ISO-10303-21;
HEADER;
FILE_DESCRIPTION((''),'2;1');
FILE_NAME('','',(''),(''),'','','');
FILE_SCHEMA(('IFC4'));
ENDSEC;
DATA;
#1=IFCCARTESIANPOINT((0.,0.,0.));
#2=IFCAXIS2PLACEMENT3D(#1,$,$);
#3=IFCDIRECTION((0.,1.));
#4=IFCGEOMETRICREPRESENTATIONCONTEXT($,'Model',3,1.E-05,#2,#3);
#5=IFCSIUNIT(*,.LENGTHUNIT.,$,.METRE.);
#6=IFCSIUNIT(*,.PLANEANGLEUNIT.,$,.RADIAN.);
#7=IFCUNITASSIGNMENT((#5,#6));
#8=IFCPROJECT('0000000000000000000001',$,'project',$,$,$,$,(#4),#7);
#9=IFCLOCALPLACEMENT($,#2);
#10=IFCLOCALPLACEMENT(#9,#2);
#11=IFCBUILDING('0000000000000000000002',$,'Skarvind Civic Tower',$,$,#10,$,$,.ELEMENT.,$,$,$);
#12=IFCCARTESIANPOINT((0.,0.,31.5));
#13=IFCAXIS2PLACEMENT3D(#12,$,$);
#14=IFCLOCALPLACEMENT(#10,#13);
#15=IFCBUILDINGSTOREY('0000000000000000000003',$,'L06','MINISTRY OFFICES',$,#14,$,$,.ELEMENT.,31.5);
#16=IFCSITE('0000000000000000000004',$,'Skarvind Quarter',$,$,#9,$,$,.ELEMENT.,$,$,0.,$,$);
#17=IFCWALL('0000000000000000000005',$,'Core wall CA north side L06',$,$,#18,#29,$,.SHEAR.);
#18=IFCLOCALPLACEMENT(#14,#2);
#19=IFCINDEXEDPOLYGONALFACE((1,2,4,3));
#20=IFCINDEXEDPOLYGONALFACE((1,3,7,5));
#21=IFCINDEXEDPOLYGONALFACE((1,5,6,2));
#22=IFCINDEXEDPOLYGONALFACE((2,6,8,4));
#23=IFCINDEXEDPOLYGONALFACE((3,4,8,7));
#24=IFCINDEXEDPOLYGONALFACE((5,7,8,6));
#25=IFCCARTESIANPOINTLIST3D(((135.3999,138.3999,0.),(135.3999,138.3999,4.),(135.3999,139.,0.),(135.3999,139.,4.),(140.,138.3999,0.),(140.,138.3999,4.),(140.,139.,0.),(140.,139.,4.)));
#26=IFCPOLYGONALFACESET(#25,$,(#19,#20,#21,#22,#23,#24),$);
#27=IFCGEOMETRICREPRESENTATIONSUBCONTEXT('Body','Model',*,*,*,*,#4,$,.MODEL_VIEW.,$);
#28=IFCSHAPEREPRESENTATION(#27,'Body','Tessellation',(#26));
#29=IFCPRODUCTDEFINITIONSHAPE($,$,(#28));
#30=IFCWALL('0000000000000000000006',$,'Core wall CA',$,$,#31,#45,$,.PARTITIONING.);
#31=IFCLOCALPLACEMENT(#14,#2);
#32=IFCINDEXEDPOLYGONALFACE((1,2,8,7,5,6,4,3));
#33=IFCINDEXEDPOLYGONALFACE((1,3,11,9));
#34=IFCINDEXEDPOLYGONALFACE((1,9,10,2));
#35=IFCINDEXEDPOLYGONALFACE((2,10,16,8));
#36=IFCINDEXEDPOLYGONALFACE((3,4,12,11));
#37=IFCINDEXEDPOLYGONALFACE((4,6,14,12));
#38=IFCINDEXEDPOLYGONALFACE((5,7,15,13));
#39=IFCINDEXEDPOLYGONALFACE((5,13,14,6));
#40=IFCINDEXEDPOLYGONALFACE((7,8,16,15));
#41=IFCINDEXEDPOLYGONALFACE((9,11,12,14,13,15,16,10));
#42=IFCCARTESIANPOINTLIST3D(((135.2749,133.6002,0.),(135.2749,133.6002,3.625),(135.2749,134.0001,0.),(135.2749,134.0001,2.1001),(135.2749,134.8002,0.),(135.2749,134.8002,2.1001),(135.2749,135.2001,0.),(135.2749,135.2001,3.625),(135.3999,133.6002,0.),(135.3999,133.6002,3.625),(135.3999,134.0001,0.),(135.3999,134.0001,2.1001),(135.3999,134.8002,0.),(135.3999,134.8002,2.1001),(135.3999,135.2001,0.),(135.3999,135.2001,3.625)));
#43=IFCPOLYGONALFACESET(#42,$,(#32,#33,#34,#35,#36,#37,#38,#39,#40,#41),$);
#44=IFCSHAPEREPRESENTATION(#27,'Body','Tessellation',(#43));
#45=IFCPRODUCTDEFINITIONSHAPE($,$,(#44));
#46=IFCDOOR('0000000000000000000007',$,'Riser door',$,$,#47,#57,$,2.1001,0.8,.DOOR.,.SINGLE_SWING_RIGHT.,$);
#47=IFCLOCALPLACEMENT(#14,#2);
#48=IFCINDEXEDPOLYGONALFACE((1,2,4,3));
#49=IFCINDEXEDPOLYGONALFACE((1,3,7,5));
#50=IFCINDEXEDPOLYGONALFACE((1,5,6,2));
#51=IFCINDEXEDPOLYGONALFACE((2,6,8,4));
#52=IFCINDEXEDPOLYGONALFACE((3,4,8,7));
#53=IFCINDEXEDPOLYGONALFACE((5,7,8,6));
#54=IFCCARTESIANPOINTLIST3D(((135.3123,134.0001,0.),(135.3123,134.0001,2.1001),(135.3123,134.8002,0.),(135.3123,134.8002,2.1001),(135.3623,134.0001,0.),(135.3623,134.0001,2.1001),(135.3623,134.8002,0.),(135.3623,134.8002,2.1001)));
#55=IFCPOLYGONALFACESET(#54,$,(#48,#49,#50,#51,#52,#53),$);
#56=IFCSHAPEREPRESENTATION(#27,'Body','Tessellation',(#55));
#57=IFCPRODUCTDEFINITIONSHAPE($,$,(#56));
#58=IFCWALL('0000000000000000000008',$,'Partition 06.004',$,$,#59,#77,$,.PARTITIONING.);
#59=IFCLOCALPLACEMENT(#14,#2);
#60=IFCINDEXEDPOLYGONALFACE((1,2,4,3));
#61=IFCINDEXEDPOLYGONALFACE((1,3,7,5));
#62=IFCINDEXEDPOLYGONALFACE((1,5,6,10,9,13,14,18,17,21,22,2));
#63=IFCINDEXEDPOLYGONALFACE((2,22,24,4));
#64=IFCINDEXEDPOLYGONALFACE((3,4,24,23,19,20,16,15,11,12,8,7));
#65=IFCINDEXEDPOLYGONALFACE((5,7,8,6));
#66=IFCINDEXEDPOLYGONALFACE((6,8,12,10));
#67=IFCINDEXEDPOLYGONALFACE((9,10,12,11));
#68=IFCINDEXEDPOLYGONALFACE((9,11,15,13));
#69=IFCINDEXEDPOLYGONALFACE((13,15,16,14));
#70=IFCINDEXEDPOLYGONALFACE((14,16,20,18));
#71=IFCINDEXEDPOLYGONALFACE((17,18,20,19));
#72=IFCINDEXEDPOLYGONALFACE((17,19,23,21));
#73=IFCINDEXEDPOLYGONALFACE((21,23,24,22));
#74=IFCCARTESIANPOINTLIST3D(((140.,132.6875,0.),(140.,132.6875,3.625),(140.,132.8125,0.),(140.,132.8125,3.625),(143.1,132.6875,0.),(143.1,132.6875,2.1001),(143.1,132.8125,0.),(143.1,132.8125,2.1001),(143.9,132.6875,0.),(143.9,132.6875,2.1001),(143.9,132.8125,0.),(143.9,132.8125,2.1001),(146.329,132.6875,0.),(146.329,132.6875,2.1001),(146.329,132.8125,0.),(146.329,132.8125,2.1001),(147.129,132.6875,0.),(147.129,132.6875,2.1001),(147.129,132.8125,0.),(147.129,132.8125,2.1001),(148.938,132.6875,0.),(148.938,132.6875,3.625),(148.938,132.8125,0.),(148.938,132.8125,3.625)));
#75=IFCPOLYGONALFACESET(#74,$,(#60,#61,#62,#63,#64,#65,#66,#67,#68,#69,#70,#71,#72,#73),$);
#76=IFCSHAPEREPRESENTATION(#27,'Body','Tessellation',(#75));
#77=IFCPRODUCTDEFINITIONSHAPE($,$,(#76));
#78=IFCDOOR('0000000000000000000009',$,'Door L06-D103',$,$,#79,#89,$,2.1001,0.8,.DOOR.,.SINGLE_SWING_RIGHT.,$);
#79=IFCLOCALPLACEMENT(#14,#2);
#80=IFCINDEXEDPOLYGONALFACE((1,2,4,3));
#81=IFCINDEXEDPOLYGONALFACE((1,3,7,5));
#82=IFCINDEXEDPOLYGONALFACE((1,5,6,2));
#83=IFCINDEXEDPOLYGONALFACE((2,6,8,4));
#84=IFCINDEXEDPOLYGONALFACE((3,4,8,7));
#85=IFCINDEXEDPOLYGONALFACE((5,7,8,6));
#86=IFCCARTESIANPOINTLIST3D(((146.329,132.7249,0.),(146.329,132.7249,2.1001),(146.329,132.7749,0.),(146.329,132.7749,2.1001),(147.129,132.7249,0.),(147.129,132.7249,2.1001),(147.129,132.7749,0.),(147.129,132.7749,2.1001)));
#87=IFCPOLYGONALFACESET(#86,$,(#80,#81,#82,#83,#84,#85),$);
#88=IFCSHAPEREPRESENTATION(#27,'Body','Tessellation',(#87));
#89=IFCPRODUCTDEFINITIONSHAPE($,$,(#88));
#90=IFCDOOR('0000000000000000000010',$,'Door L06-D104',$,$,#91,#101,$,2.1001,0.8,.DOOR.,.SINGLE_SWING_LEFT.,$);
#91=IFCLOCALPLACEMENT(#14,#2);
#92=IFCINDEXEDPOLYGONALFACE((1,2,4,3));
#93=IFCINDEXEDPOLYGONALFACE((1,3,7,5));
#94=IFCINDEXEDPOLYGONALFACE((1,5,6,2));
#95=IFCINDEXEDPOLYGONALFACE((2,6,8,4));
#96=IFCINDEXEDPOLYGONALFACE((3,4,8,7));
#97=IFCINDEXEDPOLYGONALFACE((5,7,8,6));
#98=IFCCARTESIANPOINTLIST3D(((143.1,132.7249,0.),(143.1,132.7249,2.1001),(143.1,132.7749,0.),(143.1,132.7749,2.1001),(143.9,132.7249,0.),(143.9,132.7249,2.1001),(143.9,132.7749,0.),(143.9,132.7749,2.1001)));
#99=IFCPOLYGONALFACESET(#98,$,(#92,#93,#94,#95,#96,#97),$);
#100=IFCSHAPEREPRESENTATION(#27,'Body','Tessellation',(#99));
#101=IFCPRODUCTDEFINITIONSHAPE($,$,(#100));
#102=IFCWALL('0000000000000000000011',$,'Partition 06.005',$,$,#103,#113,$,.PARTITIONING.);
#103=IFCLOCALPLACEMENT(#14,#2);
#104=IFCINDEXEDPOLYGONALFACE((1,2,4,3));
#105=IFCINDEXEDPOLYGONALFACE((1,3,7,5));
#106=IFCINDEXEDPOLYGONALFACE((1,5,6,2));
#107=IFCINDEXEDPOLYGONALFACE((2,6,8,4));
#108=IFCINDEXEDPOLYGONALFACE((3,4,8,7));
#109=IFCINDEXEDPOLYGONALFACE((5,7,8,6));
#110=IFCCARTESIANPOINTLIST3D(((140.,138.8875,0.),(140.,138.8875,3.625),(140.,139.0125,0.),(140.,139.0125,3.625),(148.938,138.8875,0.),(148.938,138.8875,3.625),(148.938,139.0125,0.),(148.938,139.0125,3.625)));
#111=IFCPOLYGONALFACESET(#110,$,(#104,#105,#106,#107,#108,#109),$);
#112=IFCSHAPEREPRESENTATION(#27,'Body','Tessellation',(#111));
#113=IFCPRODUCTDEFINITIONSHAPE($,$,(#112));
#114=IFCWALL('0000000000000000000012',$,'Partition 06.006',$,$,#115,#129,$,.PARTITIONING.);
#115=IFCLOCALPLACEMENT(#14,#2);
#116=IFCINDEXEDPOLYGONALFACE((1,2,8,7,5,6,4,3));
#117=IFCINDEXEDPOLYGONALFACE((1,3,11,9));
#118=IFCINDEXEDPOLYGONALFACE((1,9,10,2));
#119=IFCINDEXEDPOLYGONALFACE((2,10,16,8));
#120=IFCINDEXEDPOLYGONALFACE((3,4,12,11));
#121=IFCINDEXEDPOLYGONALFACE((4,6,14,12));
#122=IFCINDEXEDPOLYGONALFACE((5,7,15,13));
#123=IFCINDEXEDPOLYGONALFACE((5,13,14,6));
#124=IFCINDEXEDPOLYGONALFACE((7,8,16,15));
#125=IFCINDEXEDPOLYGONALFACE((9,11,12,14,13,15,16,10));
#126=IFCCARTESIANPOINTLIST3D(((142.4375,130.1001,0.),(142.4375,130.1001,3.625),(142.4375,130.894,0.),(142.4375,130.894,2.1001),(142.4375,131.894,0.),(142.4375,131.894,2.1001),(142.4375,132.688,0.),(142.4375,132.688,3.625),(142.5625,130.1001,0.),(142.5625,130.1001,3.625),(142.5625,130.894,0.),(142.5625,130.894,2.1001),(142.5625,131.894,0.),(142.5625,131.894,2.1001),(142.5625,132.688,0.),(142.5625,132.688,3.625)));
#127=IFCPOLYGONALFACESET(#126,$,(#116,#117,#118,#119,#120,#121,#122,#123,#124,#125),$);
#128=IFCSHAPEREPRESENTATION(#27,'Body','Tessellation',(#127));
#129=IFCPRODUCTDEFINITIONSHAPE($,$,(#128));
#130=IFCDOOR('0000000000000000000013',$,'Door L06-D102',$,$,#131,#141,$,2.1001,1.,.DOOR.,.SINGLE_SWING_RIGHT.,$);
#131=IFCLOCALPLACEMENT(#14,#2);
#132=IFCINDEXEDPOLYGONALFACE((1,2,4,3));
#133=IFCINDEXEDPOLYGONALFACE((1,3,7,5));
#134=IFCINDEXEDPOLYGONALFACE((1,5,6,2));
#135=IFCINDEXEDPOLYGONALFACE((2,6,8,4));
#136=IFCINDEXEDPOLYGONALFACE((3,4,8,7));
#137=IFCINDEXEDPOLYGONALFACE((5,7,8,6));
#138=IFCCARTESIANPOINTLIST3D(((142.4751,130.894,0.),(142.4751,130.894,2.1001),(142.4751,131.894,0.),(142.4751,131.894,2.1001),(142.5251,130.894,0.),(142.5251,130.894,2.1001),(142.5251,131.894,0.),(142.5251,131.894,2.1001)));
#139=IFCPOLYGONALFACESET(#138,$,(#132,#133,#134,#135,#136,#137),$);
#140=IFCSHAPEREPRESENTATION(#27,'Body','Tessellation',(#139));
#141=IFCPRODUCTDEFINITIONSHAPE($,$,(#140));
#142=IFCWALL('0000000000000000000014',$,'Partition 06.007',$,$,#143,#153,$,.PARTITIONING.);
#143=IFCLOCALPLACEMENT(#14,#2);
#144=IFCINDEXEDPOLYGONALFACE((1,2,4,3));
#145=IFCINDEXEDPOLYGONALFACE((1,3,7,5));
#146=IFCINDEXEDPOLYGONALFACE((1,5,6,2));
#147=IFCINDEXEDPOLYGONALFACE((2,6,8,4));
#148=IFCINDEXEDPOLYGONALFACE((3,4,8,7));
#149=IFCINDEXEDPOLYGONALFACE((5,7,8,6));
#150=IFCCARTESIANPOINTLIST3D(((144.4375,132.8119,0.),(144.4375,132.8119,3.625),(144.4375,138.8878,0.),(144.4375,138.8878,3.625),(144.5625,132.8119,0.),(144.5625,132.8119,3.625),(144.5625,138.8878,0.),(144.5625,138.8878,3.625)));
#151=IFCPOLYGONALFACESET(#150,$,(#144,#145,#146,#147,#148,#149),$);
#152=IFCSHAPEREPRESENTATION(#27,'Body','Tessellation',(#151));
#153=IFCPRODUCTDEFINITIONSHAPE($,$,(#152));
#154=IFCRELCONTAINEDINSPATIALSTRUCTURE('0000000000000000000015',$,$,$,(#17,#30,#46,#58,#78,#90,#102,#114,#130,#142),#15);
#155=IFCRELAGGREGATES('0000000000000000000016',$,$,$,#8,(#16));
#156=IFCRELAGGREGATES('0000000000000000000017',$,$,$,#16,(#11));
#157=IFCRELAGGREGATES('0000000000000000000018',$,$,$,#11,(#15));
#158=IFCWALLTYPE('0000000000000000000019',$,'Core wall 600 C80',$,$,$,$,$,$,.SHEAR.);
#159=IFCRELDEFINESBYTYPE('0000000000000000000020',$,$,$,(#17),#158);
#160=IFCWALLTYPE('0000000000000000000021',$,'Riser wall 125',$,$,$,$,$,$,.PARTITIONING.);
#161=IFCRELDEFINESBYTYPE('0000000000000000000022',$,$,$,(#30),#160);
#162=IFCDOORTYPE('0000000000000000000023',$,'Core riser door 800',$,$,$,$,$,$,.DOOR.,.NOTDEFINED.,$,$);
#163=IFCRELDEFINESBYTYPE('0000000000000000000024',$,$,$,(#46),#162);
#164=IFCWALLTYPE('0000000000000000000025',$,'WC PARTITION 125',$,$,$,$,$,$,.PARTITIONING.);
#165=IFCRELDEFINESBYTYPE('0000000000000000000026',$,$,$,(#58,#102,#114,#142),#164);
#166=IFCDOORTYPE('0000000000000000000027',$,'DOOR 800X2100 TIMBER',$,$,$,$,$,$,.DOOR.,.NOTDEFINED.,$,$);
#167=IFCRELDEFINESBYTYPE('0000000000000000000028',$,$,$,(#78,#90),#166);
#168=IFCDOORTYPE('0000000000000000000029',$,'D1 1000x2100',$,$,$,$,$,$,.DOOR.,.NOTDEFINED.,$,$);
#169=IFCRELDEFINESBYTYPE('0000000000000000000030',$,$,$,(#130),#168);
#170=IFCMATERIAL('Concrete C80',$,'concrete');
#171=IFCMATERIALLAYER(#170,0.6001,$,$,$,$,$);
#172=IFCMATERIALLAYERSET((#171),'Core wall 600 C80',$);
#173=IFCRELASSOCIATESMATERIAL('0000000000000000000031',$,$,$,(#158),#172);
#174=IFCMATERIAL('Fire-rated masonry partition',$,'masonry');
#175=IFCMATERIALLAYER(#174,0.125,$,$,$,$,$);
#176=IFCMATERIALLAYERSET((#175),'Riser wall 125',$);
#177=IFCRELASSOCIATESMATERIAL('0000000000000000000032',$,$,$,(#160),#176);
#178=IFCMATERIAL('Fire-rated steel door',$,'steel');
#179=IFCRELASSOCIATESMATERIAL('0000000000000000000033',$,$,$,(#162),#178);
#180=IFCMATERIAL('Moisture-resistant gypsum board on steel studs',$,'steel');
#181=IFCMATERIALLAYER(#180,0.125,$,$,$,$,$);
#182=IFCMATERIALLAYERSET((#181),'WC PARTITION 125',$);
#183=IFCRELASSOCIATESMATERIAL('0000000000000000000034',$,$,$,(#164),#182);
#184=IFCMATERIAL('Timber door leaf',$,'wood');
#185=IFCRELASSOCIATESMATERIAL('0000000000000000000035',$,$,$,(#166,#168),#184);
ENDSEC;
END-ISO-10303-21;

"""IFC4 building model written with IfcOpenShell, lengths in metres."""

from ifc_helpers import new_model, si_unit, direction, frame, frame_2d, origin, place, context, subcontext, project, spatial, rectangle, extrude, material, layer, layer_set, type_object, element, fill, save


model = new_model("IFC4")

# Units and contexts
model_context = context("Model", 3, precision=1e-05, world=origin(), true_north=direction((0.0, 1.0)))
body_context = subcontext(model_context, "Body", "Model", "MODEL_VIEW")
ifc_project = project(units=[si_unit("LENGTHUNIT", "METRE"), si_unit("PLANEANGLEUNIT", "RADIAN")], contexts=[model_context])

# Site, building, storey
site_placement = place(None, origin())
site = spatial("IfcSite", under=ifc_project, at=site_placement, Name="Skarvind Quarter", CompositionType="ELEMENT", RefElevation=0.0)
building_placement = place(site_placement, origin())
building = spatial("IfcBuilding", under=site, at=building_placement, Name="Skarvind Civic Tower", CompositionType="ELEMENT")
storey_placement = place(building_placement, frame((0.0, 0.0, 31.5)))
storey = spatial("IfcBuildingStorey", under=building, at=storey_placement, Name="L06", Description="MINISTRY OFFICES", CompositionType="ELEMENT", Elevation=31.5)

# Shared definitions
ifc_material_1 = material(Name="Timber door leaf", Category="wood")
ifc_material_2 = material(Name="Fire-rated masonry partition", Category="masonry")
ifc_material_3 = material(Name="Fire-rated steel door", Category="steel")
ifc_material_4 = material(Name="Concrete C80", Category="concrete")

# Wall
ifc_layer_1 = layer(ifc_material_4, 0.6001)
ifc_layer_set_1 = layer_set([ifc_layer_1], Name="Core wall 600 C80")
wall_type_1 = type_object("IfcWallType", Name="Core wall 600 C80", PredefinedType="SHEAR", material=ifc_layer_set_1)
wall_1_placement = place(storey_placement, frame((135.3999, 138.7, 0.0), z_axis=(0.0, 0.0, 1.0), x_axis=(1.0, 0.0, 0.0)))
element("IfcWall", 1, at=wall_1_placement, inside=storey, type_object=wall_type_1, Name="Core wall CA north side L06", PredefinedType="SHEAR", context=body_context, shape_type="SweptSolid", body=[
    extrude(rectangle(XDim=4.6001, YDim=0.6001, at=frame_2d((2.3, 0.0))), origin(), (0.0, 0.0, 1.0), 4.0),
])

# Wall, opening, door
ifc_layer_2 = layer(ifc_material_2, 0.125)
ifc_layer_set_2 = layer_set([ifc_layer_2], Name="Riser wall 125")
wall_type_2 = type_object("IfcWallType", Name="Riser wall 125", PredefinedType="PARTITIONING", material=ifc_layer_set_2)
wall_2_placement = place(storey_placement, frame((135.3374, 135.2, 0.0), z_axis=(0.0, 0.0, 1.0), x_axis=(0.0, -1.0, 0.0)))
wall_2 = element("IfcWall", 2, at=wall_2_placement, inside=storey, type_object=wall_type_2, Name="Core wall CA", PredefinedType="PARTITIONING", context=body_context, shape_type="SweptSolid", body=[
    extrude(rectangle(XDim=1.5999, YDim=0.125, at=frame_2d((0.7998, 0.0))), origin(), (0.0, 0.0, 1.0), 3.625),
])
opening_1_placement = place(wall_2_placement, frame((0.3999, 0.0, 0.0)))
opening_1 = element("IfcOpeningElement", 3, at=opening_1_placement, cuts=wall_2, PredefinedType="OPENING", context=body_context, shape_type="SweptSolid", body=[
    extrude(rectangle(XDim=0.8, YDim=2.1001, at=frame_2d((0.3999, 1.05))), frame((0.0, 0.0725, 0.0), z_axis=(0.0, -1.0, 0.0), x_axis=(1.0, 0.0, 0.0)), (0.0, 0.0, 1.0), 0.145),
])
door_type_1 = type_object("IfcDoorType", Name="Core riser door 800", OperationType="NOTDEFINED", PredefinedType="DOOR", material=ifc_material_3)
door_1_placement = place(opening_1_placement, origin())
door_1 = element("IfcDoor", 4, at=door_1_placement, inside=storey, type_object=door_type_1, Name="Riser door", OperationType="SINGLE_SWING_RIGHT", OverallHeight=2.1001, OverallWidth=0.8, PredefinedType="DOOR", context=body_context, shape_type="SweptSolid", body=[
    extrude(rectangle(XDim=0.8, YDim=2.1001, at=frame_2d((0.3999, 1.05))), frame((0.0, 0.0249, 0.0), z_axis=(0.0, -1.0, 0.0), x_axis=(1.0, 0.0, 0.0)), (0.0, 0.0, 1.0), 0.05),
])
fill(opening_1, door_1)

# Wall, openings, doors
ifc_material_5 = material(Name="Moisture-resistant gypsum board on steel studs", Category="steel")
ifc_layer_3 = layer(ifc_material_5, 0.125)
ifc_layer_set_3 = layer_set([ifc_layer_3], Name="WC PARTITION 125")
wall_type_3 = type_object("IfcWallType", Name="WC PARTITION 125", PredefinedType="PARTITIONING", material=ifc_layer_set_3)
wall_3_placement = place(storey_placement, frame((140.0, 132.75, 0.0), z_axis=(0.0, 0.0, 1.0), x_axis=(1.0, 0.0, 0.0)))
wall_3 = element("IfcWall", 5, at=wall_3_placement, inside=storey, type_object=wall_type_3, Name="Partition 06.004", PredefinedType="PARTITIONING", context=body_context, shape_type="SweptSolid", body=[
    extrude(rectangle(XDim=8.938, YDim=0.125, at=frame_2d((4.469, 0.0))), origin(), (0.0, 0.0, 1.0), 3.625),
])
opening_2_placement = place(wall_3_placement, frame((6.3291, 0.0, 0.0)))
opening_2 = element("IfcOpeningElement", 6, at=opening_2_placement, cuts=wall_3, PredefinedType="OPENING", context=body_context, shape_type="SweptSolid", body=[
    extrude(rectangle(XDim=0.8, YDim=2.1001, at=frame_2d((0.3999, 1.05))), frame((0.0, 0.0725, 0.0), z_axis=(0.0, -1.0, 0.0), x_axis=(1.0, 0.0, 0.0)), (0.0, 0.0, 1.0), 0.145),
])
opening_3_placement = place(wall_3_placement, frame((3.1001, 0.0, 0.0)))
opening_3 = element("IfcOpeningElement", 7, at=opening_3_placement, cuts=wall_3, PredefinedType="OPENING", context=body_context, shape_type="SweptSolid", body=[
    extrude(rectangle(XDim=0.8, YDim=2.1001, at=frame_2d((0.3999, 1.05))), frame((0.0, 0.0725, 0.0), z_axis=(0.0, -1.0, 0.0), x_axis=(1.0, 0.0, 0.0)), (0.0, 0.0, 1.0), 0.145),
])
door_type_2 = type_object("IfcDoorType", Name="DOOR 800X2100 TIMBER", OperationType="NOTDEFINED", PredefinedType="DOOR", material=ifc_material_1)
door_2_placement = place(opening_2_placement, origin())
door_2 = element("IfcDoor", 8, at=door_2_placement, inside=storey, type_object=door_type_2, Name="Door L06-D103", OperationType="SINGLE_SWING_RIGHT", OverallHeight=2.1001, OverallWidth=0.8, PredefinedType="DOOR", context=body_context, shape_type="SweptSolid", body=[
    extrude(rectangle(XDim=0.8, YDim=2.1001, at=frame_2d((0.3999, 1.05))), frame((0.0, 0.0249, 0.0), z_axis=(0.0, -1.0, 0.0), x_axis=(1.0, 0.0, 0.0)), (0.0, 0.0, 1.0), 0.05),
])
fill(opening_2, door_2)
door_3_placement = place(opening_3_placement, origin())
door_3 = element("IfcDoor", 9, at=door_3_placement, inside=storey, type_object=door_type_2, Name="Door L06-D104", OperationType="SINGLE_SWING_LEFT", OverallHeight=2.1001, OverallWidth=0.8, PredefinedType="DOOR", context=body_context, shape_type="SweptSolid", body=[
    extrude(rectangle(XDim=0.8, YDim=2.1001, at=frame_2d((0.3999, 1.05))), frame((0.0, 0.0249, 0.0), z_axis=(0.0, -1.0, 0.0), x_axis=(1.0, 0.0, 0.0)), (0.0, 0.0, 1.0), 0.05),
])
fill(opening_3, door_3)

# Wall
wall_4_placement = place(storey_placement, frame((140.0, 138.95, 0.0), z_axis=(0.0, 0.0, 1.0), x_axis=(1.0, 0.0, 0.0)))
element("IfcWall", 10, at=wall_4_placement, inside=storey, type_object=wall_type_3, Name="Partition 06.005", PredefinedType="PARTITIONING", context=body_context, shape_type="SweptSolid", body=[
    extrude(rectangle(XDim=8.938, YDim=0.125, at=frame_2d((4.469, 0.0))), origin(), (0.0, 0.0, 1.0), 3.625),
])

# Wall, opening, door
wall_5_placement = place(storey_placement, frame((142.5, 130.1001, 0.0), z_axis=(0.0, 0.0, 1.0), x_axis=(0.0, 1.0, 0.0)))
wall_5 = element("IfcWall", 11, at=wall_5_placement, inside=storey, type_object=wall_type_3, Name="Partition 06.006", PredefinedType="PARTITIONING", context=body_context, shape_type="SweptSolid", body=[
    extrude(rectangle(XDim=2.5879, YDim=0.125, at=frame_2d((1.2939, 0.0))), origin(), (0.0, 0.0, 1.0), 3.625),
])
opening_4_placement = place(wall_5_placement, frame((0.7939, 0.0, 0.0)))
opening_4 = element("IfcOpeningElement", 12, at=opening_4_placement, cuts=wall_5, PredefinedType="OPENING", context=body_context, shape_type="SweptSolid", body=[
    extrude(rectangle(XDim=1.0, YDim=2.1001, at=frame_2d((0.5, 1.05))), frame((0.0, 0.0725, 0.0), z_axis=(0.0, -1.0, 0.0), x_axis=(1.0, 0.0, 0.0)), (0.0, 0.0, 1.0), 0.145),
])
door_type_3 = type_object("IfcDoorType", Name="D1 1000x2100", OperationType="NOTDEFINED", PredefinedType="DOOR", material=ifc_material_1)
door_4_placement = place(opening_4_placement, origin())
door_4 = element("IfcDoor", 13, at=door_4_placement, inside=storey, type_object=door_type_3, Name="Door L06-D102", OperationType="SINGLE_SWING_RIGHT", OverallHeight=2.1001, OverallWidth=1.0, PredefinedType="DOOR", context=body_context, shape_type="SweptSolid", body=[
    extrude(rectangle(XDim=1.0, YDim=2.1001, at=frame_2d((0.5, 1.05))), frame((0.0, 0.0249, 0.0), z_axis=(0.0, -1.0, 0.0), x_axis=(1.0, 0.0, 0.0)), (0.0, 0.0, 1.0), 0.05),
])
fill(opening_4, door_4)

# Wall
wall_6_placement = place(storey_placement, frame((144.5, 138.8879, 0.0), z_axis=(0.0, 0.0, 1.0), x_axis=(0.0, -1.0, 0.0)))
element("IfcWall", 14, at=wall_6_placement, inside=storey, type_object=wall_type_3, Name="Partition 06.007", PredefinedType="PARTITIONING", context=body_context, shape_type="SweptSolid", body=[
    extrude(rectangle(XDim=6.0759, YDim=0.125, at=frame_2d((3.0381, 0.0))), origin(), (0.0, 0.0, 1.0), 3.625),
])

save(model, "model.ifc")
